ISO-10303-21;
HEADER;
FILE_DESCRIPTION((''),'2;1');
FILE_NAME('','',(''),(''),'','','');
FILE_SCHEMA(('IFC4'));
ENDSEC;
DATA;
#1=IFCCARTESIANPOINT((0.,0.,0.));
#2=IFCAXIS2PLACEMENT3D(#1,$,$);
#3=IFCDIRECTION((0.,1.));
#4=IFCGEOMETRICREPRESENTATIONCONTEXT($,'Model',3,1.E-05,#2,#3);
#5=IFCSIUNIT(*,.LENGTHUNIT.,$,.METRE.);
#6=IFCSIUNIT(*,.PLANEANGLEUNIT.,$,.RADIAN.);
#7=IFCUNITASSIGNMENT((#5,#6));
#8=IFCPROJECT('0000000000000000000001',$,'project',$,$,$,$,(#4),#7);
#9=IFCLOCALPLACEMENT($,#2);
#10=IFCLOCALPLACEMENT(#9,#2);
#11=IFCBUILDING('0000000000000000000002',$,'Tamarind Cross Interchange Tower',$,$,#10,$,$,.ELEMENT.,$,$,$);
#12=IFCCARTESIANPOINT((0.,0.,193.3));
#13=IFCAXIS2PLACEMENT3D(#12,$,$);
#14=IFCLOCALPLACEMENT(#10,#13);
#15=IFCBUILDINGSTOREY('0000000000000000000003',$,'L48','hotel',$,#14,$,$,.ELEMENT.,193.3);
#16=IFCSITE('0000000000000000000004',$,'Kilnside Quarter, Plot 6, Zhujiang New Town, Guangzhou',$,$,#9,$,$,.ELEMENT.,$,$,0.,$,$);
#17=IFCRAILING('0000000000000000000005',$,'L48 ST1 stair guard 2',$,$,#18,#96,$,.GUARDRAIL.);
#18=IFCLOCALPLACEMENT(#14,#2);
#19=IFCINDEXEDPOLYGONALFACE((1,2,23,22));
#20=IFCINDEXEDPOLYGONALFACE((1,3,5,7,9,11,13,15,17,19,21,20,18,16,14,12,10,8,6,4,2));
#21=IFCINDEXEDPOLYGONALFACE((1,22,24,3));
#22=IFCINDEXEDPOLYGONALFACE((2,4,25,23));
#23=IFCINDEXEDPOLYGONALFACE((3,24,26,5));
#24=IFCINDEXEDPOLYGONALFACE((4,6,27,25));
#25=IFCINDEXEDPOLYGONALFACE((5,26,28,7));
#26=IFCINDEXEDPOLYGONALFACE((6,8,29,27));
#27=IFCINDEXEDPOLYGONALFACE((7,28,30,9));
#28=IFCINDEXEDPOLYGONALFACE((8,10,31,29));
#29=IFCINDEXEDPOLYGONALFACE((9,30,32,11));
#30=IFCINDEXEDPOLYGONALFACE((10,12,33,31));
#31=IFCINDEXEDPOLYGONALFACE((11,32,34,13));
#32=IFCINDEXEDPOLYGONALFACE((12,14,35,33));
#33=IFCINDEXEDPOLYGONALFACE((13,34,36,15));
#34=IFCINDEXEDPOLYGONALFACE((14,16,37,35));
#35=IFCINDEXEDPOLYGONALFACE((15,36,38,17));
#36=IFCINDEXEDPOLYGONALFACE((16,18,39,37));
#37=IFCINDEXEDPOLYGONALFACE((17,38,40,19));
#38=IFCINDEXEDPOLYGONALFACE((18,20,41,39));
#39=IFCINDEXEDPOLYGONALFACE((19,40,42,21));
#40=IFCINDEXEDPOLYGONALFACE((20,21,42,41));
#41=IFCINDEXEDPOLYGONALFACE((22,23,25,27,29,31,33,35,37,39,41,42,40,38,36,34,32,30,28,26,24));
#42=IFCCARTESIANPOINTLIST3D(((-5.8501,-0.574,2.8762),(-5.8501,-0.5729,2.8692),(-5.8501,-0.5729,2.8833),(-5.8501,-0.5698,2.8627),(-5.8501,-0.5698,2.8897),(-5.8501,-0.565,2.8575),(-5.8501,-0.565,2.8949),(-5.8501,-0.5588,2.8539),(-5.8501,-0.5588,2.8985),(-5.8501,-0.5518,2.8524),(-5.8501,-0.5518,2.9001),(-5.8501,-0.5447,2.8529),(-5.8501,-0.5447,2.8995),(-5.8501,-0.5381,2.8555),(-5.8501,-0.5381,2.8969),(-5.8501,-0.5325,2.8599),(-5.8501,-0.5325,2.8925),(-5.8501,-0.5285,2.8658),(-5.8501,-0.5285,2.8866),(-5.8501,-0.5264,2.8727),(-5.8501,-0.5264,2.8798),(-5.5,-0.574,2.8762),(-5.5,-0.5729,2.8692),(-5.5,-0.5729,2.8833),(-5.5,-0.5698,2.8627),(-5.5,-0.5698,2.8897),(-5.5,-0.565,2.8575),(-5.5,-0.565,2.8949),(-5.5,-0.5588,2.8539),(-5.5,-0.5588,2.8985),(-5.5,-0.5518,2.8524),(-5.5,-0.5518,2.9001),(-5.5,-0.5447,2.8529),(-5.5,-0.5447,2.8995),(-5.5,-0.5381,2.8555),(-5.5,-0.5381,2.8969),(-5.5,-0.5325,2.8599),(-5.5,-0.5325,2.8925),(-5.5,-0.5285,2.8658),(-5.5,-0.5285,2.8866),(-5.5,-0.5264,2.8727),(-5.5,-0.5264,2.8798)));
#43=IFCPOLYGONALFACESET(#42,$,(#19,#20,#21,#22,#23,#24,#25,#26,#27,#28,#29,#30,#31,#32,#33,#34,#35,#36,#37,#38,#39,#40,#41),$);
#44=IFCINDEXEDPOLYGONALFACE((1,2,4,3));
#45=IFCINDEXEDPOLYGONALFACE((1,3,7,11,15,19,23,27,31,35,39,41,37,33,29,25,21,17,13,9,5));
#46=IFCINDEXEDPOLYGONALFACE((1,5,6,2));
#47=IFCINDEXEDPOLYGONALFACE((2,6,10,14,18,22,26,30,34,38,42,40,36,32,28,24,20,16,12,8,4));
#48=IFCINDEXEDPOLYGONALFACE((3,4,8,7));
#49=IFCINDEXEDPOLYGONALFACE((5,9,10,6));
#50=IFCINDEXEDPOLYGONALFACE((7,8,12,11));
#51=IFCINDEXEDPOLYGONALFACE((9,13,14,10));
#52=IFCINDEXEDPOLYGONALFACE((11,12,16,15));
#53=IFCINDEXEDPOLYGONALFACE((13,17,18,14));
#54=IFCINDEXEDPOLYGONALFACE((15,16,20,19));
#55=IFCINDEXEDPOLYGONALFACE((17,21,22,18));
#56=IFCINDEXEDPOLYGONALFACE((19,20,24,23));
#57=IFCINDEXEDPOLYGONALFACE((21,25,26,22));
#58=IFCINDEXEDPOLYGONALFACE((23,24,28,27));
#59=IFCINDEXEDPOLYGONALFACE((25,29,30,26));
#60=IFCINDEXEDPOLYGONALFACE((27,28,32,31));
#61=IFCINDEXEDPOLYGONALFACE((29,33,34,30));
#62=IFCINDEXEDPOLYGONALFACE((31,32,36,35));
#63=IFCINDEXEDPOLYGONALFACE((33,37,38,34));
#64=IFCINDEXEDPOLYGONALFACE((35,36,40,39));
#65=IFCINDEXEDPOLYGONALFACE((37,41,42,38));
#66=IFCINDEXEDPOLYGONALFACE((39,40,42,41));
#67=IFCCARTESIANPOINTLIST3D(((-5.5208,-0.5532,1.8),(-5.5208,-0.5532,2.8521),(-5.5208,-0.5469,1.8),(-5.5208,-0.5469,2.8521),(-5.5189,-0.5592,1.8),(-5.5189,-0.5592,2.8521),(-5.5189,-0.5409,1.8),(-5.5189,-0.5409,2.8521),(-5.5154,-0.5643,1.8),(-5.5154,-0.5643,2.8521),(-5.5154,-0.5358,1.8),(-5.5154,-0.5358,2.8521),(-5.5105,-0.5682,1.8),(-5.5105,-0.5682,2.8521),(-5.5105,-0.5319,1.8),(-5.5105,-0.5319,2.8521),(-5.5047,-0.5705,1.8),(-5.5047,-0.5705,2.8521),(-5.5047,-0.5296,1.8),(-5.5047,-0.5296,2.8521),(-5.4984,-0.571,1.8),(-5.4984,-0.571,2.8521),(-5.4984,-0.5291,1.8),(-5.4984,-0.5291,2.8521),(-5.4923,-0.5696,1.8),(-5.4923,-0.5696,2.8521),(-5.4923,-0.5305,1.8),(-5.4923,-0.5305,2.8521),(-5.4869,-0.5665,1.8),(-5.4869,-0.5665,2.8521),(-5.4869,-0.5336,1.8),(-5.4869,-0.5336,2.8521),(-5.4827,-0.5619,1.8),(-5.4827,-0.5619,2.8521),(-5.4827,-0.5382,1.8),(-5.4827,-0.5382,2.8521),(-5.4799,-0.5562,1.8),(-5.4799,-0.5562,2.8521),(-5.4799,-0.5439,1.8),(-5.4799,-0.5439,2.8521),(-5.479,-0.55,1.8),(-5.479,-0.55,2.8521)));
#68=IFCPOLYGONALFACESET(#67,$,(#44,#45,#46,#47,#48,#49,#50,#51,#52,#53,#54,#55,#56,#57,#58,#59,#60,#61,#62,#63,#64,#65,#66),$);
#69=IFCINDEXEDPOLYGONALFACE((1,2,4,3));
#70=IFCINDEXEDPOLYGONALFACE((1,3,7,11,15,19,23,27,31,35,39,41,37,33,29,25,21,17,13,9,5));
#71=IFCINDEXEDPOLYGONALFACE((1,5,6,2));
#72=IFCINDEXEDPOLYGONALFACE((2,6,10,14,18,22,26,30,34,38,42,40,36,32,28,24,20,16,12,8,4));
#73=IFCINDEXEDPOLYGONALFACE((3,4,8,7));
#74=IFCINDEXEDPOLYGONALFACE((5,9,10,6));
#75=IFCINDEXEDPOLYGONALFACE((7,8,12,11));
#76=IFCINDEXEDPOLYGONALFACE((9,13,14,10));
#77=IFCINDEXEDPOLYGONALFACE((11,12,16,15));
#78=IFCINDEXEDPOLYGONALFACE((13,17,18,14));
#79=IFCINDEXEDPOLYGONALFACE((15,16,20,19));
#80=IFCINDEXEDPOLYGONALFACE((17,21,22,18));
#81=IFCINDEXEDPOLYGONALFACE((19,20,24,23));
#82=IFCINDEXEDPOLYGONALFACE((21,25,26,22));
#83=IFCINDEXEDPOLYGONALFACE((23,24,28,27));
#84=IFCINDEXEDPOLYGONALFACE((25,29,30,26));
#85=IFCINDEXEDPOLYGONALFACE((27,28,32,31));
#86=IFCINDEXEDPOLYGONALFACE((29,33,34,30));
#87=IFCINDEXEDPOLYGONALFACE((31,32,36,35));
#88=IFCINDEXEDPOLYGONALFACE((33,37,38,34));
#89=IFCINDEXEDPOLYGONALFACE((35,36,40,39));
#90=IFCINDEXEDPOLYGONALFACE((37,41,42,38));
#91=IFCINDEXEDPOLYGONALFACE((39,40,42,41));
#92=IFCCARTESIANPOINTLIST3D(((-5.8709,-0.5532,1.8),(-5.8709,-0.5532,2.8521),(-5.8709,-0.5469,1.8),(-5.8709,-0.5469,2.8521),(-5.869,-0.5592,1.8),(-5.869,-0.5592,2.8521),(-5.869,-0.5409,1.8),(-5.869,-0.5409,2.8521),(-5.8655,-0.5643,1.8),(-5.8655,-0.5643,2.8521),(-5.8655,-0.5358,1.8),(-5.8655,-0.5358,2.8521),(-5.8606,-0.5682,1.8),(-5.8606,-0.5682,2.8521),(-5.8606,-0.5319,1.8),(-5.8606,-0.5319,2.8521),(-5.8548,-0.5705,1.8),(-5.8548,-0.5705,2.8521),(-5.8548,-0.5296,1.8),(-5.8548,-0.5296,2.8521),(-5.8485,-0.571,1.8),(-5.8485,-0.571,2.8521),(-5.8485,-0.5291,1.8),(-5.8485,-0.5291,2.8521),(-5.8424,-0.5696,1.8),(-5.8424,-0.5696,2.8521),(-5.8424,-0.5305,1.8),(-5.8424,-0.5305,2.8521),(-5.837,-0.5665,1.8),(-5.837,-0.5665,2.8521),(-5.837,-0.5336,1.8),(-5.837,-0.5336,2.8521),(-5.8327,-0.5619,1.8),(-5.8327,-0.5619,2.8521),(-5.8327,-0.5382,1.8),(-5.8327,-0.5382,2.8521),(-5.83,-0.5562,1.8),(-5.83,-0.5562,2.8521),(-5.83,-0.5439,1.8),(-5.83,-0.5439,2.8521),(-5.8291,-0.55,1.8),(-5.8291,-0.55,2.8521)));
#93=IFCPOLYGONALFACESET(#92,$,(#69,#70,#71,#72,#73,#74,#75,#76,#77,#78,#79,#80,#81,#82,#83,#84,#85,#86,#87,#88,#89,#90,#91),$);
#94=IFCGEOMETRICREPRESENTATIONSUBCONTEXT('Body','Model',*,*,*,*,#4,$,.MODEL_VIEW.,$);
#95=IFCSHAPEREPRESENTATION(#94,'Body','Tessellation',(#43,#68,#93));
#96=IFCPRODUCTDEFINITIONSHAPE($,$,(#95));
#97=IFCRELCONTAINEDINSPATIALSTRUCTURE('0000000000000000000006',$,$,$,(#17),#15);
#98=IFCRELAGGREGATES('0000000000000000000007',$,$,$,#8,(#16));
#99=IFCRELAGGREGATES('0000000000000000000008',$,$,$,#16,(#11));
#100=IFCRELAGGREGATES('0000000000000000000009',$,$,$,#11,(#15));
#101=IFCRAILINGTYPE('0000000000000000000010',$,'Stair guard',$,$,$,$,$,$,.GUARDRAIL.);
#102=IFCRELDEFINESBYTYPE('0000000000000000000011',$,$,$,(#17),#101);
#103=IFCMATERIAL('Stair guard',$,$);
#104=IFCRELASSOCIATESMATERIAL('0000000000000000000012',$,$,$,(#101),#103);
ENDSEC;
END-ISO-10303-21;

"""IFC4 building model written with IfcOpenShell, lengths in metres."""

from ifc_helpers import new_model, si_unit, direction, frame, origin, origin_2d, place, context, subcontext, project, spatial, circle, extrude, material, type_object, element, save


model = new_model("IFC4")

# Units and contexts
model_context = context("Model", 3, precision=1e-05, world=origin(), true_north=direction((0.0, 1.0)))
body_context = subcontext(model_context, "Body", "Model", "MODEL_VIEW")
ifc_project = project(units=[si_unit("LENGTHUNIT", "METRE"), si_unit("PLANEANGLEUNIT", "RADIAN")], contexts=[model_context])

# Site, building, storey
site_placement = place(None, origin())
site = spatial("IfcSite", under=ifc_project, at=site_placement, Name="Kilnside Quarter, Plot 6, Zhujiang New Town, Guangzhou", CompositionType="ELEMENT", RefElevation=0.0)
building_placement = place(site_placement, origin())
building = spatial("IfcBuilding", under=site, at=building_placement, Name="Tamarind Cross Interchange Tower", CompositionType="ELEMENT")
storey_placement = place(building_placement, frame((0.0, 0.0, 193.3)))
storey = spatial("IfcBuildingStorey", under=building, at=storey_placement, Name="L48", Description="hotel", CompositionType="ELEMENT", Elevation=193.3)

# Railing
ifc_material_1 = material(Name="Stair guard")
railing_type_1 = type_object("IfcRailingType", Name="Stair guard", PredefinedType="GUARDRAIL", material=ifc_material_1)
railing_1_placement = place(storey_placement, frame((-5.5, -0.55, 1.8)))
element("IfcRailing", 1, at=railing_1_placement, inside=storey, type_object=railing_type_1, Name="L48 ST1 stair guard 2", PredefinedType="GUARDRAIL", context=body_context, shape_type="SweptSolid", body=[
    extrude(circle(Radius=0.0239, at=origin_2d()), frame((0.0, 0.0, 1.0762), z_axis=(-1.0, 0.0, 0.0), x_axis=(0.0, -1.0, 0.0)), (0.0, 0.0, 1.0), 0.3501),
    extrude(circle(Radius=0.021, at=origin_2d()), origin(), (0.0, 0.0, 1.0), 1.052),
    extrude(circle(Radius=0.021, at=origin_2d()), frame((-0.3501, 0.0, 0.0)), (0.0, 0.0, 1.0), 1.052),
])

save(model, "model.ifc")
